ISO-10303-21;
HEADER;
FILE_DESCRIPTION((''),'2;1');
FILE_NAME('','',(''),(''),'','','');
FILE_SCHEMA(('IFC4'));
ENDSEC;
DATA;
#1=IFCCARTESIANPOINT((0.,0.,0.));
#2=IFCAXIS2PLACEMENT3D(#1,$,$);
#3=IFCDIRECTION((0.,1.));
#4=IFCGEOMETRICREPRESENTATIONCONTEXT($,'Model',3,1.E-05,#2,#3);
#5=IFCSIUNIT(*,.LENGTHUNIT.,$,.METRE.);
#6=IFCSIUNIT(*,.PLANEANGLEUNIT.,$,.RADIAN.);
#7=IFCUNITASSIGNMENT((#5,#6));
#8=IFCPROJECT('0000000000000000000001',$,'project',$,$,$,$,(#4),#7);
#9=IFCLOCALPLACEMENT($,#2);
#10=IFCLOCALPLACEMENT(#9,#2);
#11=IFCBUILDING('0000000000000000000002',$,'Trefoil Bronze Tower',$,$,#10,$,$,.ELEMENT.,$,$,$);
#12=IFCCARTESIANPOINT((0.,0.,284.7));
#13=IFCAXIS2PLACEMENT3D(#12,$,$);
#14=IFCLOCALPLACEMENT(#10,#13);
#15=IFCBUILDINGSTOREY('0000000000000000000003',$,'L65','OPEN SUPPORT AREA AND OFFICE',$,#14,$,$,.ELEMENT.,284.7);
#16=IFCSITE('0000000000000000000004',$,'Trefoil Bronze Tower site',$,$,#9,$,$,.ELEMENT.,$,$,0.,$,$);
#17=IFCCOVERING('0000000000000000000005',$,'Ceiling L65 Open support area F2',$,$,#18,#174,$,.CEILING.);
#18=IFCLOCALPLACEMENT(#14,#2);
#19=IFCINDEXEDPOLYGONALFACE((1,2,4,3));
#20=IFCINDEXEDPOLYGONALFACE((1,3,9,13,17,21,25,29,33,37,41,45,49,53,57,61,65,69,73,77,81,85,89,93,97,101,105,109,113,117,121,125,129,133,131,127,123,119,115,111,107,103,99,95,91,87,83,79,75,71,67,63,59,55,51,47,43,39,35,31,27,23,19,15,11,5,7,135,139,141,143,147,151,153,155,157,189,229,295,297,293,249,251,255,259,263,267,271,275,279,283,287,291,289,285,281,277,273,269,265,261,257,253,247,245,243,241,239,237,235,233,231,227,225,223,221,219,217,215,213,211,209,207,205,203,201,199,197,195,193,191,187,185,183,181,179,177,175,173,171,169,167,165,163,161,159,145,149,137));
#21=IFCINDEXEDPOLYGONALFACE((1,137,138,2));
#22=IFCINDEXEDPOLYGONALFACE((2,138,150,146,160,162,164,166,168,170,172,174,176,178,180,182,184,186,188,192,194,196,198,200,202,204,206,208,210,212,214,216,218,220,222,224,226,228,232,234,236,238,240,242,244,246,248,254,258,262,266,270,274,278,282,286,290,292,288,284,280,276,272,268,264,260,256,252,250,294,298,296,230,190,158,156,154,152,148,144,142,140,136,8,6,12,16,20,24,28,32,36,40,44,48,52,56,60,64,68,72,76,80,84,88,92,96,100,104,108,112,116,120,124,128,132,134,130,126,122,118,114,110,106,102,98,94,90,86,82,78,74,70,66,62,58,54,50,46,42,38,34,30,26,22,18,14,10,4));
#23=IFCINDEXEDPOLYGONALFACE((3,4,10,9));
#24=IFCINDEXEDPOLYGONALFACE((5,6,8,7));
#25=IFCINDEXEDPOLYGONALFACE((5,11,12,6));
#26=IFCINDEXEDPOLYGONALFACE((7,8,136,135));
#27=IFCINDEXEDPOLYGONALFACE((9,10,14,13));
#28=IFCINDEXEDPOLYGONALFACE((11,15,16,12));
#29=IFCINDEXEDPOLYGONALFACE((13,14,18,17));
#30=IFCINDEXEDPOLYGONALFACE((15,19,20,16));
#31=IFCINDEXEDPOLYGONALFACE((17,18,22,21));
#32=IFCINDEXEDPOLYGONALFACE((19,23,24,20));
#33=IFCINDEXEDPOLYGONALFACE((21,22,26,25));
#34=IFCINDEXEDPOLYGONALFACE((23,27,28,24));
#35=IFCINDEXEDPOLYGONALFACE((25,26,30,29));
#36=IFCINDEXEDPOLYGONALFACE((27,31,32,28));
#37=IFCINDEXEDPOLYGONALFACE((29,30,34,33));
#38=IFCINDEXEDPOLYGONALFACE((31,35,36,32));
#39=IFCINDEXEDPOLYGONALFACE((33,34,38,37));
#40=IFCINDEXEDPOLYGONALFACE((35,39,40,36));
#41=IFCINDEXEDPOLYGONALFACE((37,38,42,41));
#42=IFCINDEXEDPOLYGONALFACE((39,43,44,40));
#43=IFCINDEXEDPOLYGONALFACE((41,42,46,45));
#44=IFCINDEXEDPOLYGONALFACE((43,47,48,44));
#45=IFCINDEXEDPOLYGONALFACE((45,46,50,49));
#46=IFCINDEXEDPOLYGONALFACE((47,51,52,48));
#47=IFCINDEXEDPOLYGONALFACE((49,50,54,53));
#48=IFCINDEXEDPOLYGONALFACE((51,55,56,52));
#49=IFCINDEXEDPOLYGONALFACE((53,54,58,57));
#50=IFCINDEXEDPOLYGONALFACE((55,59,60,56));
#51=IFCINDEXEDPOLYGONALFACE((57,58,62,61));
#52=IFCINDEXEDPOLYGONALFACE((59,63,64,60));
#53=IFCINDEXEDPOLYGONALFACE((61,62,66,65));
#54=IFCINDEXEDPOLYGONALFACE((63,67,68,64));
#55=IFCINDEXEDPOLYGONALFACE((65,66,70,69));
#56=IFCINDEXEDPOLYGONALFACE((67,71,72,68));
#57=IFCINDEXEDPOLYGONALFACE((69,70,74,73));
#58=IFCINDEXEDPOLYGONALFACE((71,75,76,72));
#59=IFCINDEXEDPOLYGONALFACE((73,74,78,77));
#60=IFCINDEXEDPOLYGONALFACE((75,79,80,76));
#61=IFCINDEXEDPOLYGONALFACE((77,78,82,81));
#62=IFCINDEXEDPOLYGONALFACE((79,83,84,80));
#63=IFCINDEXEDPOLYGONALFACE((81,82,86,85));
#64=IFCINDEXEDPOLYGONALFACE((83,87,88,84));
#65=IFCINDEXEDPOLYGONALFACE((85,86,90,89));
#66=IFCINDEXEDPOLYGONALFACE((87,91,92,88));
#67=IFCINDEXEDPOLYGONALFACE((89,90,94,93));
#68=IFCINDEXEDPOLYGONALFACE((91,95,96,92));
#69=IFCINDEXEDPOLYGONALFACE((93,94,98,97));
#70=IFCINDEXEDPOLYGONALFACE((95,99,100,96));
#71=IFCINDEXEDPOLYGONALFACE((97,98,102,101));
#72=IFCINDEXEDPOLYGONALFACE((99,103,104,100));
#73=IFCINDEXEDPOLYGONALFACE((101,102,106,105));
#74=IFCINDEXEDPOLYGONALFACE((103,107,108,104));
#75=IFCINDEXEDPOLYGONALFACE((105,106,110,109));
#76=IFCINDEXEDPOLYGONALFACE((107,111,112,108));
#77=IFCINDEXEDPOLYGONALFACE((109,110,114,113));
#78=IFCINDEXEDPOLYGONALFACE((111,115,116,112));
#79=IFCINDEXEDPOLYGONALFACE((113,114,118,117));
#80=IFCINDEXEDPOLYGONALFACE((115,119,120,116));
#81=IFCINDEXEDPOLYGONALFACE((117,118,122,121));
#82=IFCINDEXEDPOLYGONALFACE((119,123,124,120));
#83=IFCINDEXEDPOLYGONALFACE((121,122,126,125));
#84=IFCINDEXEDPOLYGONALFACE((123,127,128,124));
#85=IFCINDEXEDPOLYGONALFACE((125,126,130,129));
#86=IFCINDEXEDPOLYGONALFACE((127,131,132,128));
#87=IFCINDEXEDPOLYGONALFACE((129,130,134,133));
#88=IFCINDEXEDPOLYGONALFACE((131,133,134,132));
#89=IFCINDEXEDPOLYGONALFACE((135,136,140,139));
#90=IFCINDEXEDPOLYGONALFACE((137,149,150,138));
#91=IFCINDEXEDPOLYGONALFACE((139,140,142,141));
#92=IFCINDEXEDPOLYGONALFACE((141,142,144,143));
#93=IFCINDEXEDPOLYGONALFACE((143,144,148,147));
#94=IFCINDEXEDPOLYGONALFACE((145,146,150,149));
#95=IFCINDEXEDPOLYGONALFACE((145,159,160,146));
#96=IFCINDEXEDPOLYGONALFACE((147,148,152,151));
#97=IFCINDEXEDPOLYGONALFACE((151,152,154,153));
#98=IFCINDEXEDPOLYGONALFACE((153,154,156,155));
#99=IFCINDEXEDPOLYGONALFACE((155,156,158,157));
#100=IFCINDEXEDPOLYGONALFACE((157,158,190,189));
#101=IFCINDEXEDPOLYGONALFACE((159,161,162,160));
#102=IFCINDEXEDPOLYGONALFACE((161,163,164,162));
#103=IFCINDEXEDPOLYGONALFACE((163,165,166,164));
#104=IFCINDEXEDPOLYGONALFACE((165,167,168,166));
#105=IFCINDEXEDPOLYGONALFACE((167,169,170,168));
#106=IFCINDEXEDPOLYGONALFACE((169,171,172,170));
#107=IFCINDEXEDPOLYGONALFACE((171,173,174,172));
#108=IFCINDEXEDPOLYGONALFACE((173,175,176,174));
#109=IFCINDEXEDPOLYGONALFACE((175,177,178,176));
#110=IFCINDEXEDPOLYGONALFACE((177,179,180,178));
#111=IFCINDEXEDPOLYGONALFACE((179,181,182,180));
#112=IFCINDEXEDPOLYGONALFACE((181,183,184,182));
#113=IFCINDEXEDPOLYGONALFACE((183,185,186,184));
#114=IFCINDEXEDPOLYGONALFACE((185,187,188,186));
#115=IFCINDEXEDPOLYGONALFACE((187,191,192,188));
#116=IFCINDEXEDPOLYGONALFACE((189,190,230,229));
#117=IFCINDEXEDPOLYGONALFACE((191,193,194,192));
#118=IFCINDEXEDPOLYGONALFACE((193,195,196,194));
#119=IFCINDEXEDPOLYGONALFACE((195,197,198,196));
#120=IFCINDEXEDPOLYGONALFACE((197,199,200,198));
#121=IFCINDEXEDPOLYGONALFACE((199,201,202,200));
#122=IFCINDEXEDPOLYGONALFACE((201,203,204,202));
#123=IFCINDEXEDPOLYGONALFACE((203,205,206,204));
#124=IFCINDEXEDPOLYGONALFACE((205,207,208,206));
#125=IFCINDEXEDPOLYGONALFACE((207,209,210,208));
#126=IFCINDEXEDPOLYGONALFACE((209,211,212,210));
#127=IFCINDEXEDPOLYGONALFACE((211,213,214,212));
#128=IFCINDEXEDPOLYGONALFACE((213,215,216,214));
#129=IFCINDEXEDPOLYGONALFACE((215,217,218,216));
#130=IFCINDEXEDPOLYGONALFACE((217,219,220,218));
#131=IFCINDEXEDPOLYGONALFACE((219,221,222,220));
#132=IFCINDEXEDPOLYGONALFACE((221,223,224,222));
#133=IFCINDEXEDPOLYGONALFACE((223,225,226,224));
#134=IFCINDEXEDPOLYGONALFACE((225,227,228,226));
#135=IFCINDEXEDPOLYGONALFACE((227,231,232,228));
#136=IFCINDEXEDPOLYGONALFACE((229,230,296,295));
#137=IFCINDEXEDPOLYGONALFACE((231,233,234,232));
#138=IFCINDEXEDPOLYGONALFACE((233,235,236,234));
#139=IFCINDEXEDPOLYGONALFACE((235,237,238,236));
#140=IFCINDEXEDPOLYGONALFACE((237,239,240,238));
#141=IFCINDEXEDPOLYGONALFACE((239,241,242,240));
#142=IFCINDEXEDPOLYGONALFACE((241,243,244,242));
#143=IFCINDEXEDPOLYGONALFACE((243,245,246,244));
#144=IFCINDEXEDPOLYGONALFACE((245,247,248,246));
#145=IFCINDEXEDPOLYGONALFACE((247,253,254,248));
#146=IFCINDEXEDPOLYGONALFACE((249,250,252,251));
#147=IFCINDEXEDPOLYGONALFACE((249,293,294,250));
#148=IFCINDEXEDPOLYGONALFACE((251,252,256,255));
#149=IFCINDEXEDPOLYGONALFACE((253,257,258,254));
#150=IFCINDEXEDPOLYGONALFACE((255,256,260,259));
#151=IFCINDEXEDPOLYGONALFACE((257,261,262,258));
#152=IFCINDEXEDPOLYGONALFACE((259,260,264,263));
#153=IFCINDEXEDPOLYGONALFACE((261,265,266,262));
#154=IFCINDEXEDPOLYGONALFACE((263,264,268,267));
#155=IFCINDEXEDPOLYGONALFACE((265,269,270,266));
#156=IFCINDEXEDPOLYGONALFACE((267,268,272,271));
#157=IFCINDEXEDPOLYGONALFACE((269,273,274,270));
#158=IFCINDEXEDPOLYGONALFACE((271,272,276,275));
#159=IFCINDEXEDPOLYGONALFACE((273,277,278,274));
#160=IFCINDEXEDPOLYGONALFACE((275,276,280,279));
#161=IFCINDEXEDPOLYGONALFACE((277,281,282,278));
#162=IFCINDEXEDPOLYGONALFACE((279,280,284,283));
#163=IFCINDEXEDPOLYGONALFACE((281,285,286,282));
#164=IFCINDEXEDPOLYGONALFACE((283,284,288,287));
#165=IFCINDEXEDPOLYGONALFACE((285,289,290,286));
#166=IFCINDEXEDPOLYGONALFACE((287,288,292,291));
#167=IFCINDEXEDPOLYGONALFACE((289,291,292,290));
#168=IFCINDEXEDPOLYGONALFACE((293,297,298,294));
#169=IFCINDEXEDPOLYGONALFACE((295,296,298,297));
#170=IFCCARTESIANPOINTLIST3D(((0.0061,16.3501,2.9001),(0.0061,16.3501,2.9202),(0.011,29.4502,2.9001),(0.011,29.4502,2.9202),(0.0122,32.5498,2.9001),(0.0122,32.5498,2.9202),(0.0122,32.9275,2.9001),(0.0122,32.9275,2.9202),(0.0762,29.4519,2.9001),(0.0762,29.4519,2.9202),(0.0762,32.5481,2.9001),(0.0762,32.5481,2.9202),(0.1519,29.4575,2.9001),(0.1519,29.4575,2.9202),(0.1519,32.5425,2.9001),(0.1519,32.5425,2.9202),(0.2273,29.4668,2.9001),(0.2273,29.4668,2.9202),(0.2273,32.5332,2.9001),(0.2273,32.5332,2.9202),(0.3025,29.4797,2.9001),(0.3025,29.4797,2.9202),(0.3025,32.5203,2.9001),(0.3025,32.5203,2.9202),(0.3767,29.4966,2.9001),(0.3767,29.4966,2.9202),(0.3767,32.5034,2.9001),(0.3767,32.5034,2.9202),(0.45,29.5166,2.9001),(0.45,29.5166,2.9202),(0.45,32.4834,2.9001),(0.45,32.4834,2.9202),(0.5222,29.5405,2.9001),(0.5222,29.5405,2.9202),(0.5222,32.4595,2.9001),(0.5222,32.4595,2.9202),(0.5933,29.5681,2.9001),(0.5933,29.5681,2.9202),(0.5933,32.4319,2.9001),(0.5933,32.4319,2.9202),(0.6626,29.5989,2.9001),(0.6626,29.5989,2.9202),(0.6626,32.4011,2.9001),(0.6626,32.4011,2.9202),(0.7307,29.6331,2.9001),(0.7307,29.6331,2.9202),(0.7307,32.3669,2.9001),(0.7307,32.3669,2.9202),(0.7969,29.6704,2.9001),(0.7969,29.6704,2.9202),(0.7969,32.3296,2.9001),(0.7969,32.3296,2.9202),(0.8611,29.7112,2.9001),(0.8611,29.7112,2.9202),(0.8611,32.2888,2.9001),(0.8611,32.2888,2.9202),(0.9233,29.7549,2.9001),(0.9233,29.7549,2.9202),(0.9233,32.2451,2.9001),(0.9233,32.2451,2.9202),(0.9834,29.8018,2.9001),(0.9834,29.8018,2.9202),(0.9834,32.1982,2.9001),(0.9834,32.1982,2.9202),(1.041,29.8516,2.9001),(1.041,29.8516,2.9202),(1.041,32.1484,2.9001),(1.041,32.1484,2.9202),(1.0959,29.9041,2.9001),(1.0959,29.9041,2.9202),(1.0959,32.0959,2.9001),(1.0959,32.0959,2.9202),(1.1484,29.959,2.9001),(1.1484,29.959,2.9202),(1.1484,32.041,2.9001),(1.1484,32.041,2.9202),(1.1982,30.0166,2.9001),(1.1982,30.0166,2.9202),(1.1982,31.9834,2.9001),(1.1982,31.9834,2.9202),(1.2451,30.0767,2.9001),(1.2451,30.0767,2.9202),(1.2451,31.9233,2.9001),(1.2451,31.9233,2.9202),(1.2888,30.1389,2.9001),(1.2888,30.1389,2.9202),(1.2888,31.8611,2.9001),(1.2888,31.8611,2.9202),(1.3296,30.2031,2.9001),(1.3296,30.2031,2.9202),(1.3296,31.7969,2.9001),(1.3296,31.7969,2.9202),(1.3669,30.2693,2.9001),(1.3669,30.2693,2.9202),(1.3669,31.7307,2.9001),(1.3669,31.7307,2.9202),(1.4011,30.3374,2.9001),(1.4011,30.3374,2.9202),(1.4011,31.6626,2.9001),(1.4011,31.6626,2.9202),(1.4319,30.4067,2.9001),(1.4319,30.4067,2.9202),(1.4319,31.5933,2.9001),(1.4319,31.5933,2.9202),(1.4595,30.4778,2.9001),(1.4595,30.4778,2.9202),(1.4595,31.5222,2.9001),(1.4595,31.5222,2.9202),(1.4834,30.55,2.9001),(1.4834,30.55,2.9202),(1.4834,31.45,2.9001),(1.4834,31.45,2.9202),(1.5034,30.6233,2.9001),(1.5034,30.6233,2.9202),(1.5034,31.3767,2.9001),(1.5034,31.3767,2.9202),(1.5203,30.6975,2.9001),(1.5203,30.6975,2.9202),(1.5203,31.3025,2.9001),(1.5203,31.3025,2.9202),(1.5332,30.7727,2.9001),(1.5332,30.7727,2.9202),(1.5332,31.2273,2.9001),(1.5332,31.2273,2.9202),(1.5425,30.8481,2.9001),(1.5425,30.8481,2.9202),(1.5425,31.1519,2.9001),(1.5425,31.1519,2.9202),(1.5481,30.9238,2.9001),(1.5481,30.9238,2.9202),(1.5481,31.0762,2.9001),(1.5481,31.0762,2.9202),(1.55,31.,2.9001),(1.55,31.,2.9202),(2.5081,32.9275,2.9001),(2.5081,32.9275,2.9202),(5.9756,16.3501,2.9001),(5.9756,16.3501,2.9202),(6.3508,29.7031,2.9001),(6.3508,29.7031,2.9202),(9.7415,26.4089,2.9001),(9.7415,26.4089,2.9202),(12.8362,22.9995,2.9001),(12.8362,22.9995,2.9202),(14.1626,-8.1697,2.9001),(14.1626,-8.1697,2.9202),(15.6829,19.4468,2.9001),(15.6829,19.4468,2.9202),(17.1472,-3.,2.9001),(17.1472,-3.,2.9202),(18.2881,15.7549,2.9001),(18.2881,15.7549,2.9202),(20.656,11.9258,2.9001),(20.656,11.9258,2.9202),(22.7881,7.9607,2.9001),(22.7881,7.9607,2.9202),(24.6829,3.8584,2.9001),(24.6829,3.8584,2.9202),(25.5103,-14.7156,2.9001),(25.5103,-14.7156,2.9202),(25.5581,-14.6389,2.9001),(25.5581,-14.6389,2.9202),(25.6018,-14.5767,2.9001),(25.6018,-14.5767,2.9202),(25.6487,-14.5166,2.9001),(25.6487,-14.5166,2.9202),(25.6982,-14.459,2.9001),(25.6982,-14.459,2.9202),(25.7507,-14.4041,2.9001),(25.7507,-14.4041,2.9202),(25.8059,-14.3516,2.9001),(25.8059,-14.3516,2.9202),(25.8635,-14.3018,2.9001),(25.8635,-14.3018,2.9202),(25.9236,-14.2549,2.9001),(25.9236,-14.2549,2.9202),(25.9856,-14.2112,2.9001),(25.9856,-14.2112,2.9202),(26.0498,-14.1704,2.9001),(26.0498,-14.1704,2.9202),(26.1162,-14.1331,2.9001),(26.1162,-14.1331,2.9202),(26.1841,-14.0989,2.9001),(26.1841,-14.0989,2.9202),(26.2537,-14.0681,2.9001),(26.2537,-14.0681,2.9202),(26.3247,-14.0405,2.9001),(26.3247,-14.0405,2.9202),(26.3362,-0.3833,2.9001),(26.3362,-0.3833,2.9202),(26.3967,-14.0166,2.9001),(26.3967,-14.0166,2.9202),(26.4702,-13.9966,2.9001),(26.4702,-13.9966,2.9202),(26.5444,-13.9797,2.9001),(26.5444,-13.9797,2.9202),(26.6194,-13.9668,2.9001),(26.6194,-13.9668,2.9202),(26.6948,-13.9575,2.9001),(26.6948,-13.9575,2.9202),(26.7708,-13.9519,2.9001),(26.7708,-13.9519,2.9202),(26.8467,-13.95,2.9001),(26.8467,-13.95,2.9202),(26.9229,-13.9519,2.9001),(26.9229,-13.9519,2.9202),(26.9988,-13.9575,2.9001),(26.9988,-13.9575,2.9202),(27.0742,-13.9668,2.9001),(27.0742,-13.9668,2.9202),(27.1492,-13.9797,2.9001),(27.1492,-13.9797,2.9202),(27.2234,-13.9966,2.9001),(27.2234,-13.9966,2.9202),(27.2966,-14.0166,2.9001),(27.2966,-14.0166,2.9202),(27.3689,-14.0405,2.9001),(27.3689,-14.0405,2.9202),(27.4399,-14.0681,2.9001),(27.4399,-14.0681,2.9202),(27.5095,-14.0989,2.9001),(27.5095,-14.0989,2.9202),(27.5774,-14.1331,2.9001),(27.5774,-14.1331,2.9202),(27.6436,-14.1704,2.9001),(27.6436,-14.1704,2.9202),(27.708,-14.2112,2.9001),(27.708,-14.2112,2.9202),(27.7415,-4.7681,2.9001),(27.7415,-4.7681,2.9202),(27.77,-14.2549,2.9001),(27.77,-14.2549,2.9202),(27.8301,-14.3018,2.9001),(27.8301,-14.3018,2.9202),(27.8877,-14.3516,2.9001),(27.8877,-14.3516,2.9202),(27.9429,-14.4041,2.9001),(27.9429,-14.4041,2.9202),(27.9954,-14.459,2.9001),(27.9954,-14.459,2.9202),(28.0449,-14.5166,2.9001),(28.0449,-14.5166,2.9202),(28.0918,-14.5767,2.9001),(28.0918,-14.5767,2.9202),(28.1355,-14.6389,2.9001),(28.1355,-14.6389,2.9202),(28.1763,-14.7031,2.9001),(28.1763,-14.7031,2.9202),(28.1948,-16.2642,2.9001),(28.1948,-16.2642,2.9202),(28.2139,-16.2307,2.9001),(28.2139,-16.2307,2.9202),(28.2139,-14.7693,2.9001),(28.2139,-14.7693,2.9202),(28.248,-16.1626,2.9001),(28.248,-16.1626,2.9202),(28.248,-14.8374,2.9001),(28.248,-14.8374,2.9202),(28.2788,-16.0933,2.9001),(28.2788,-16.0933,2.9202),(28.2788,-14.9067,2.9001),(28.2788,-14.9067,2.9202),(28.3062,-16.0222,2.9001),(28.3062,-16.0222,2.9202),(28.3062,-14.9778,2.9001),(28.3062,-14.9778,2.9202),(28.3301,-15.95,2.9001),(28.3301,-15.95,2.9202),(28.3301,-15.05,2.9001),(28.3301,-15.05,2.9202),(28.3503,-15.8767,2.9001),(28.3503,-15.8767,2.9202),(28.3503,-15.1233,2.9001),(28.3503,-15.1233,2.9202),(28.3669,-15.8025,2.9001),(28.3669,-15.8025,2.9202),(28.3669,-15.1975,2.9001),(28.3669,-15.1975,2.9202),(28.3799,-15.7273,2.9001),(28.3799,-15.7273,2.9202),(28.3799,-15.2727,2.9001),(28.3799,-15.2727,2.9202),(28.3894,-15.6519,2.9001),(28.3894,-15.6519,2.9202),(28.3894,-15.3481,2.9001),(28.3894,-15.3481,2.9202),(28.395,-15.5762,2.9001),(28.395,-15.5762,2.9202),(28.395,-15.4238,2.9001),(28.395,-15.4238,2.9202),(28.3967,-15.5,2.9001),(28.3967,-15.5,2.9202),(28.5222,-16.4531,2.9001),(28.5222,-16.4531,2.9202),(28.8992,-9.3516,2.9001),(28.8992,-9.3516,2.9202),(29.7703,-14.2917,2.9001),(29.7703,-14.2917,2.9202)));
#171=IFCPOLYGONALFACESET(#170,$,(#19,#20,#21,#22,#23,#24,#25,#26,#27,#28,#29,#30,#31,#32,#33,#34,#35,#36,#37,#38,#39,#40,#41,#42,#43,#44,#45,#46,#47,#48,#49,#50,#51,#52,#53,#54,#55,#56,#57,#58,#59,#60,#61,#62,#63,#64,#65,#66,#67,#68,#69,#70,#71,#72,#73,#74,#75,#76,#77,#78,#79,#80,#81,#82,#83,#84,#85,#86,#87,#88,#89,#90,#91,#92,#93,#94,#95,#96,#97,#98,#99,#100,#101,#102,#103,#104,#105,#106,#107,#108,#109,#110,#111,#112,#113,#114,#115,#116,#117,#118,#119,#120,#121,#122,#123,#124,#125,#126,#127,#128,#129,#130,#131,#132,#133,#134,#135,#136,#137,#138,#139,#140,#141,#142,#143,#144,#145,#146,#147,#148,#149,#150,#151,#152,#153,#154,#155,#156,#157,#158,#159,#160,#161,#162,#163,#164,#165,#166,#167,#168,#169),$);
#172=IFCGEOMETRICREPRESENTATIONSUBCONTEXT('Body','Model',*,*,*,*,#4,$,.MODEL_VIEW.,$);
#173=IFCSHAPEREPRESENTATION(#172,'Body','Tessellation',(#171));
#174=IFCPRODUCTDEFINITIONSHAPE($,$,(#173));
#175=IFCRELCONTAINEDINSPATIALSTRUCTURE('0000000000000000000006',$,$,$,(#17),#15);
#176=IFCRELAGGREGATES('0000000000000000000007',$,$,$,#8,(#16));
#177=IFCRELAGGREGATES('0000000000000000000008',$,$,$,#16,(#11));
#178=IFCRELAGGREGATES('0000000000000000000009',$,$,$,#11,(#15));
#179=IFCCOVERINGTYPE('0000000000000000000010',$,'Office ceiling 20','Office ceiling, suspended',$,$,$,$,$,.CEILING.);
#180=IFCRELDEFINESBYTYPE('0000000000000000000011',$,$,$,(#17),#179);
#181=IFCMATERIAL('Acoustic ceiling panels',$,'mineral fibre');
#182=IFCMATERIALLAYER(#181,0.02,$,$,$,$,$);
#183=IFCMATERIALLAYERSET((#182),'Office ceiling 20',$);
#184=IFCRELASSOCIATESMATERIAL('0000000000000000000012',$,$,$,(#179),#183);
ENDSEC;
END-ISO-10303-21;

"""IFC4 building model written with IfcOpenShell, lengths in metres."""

from ifc_helpers import new_model, si_unit, direction, frame, origin, place, context, subcontext, project, spatial, polyline, outline, extrude, material, layer, layer_set, type_object, element, save


model = new_model("IFC4")

# Units and contexts
model_context = context("Model", 3, precision=1e-05, world=origin(), true_north=direction((0.0, 1.0)))
body_context = subcontext(model_context, "Body", "Model", "MODEL_VIEW")
ifc_project = project(units=[si_unit("LENGTHUNIT", "METRE"), si_unit("PLANEANGLEUNIT", "RADIAN")], contexts=[model_context])

# Site, building, storey
site_placement = place(None, origin())
site = spatial("IfcSite", under=ifc_project, at=site_placement, Name="Trefoil Bronze Tower site", CompositionType="ELEMENT", RefElevation=0.0)
building_placement = place(site_placement, origin())
building = spatial("IfcBuilding", under=site, at=building_placement, Name="Trefoil Bronze Tower", CompositionType="ELEMENT")
storey_placement = place(building_placement, frame((0.0, 0.0, 284.7)))
storey = spatial("IfcBuildingStorey", under=building, at=storey_placement, Name="L65", Description="OPEN SUPPORT AREA AND OFFICE", CompositionType="ELEMENT", Elevation=284.7)

# Covering
ifc_material_1 = material(Name="Acoustic ceiling panels", Category="mineral fibre")
ifc_layer_1 = layer(ifc_material_1, 0.02)
ifc_layer_set_1 = layer_set([ifc_layer_1], Name="Office ceiling 20")
covering_type_1 = type_object("IfcCoveringType", Name="Office ceiling 20", Description="Office ceiling, suspended", PredefinedType="CEILING", material=ifc_layer_set_1)
covering_1_placement = place(storey_placement, frame((0.0, 0.0, 2.9001)))
element("IfcCovering", 1, at=covering_1_placement, inside=storey, type_object=covering_type_1, Name="Ceiling L65 Open support area F2", PredefinedType="CEILING", context=body_context, shape_type="SweptSolid", body=[
    extrude(outline(polyline([(9.7415, 26.4089), (12.8362, 22.9995), (15.6829, 19.4468), (18.2881, 15.7549), (20.656, 11.9258), (22.7881, 7.9607), (24.6829, 3.8584), (26.3362, -0.3833), (27.7415, -4.7681), (28.8992, -9.3516), (29.7703, -14.2917), (28.5222, -16.4531), (28.1948, -16.2642), (28.2139, -16.2307), (28.248, -16.1626), (28.2788, -16.0933), (28.3062, -16.0222), (28.3301, -15.95), (28.3503, -15.8767), (28.3669, -15.8025), (28.3799, -15.7273), (28.3894, -15.6519), (28.395, -15.5762), (28.3967, -15.5), (28.395, -15.4238), (28.3894, -15.3481), (28.3799, -15.2727), (28.3669, -15.1975), (28.3503, -15.1233), (28.3301, -15.05), (28.3062, -14.9778), (28.2788, -14.9067), (28.248, -14.8374), (28.2139, -14.7693), (28.1763, -14.7031), (28.1355, -14.6389), (28.0918, -14.5767), (28.0449, -14.5166), (27.9954, -14.459), (27.9429, -14.4041), (27.8877, -14.3516), (27.8301, -14.3018), (27.77, -14.2549), (27.708, -14.2112), (27.6436, -14.1704), (27.5774, -14.1331), (27.5095, -14.0989), (27.4399, -14.0681), (27.3689, -14.0405), (27.2966, -14.0166), (27.2234, -13.9966), (27.1492, -13.9797), (27.0742, -13.9668), (26.9988, -13.9575), (26.9229, -13.9519), (26.8467, -13.95), (26.7708, -13.9519), (26.6948, -13.9575), (26.6194, -13.9668), (26.5444, -13.9797), (26.4702, -13.9966), (26.3967, -14.0166), (26.3247, -14.0405), (26.2537, -14.0681), (26.1841, -14.0989), (26.1162, -14.1331), (26.0498, -14.1704), (25.9856, -14.2112), (25.9236, -14.2549), (25.8635, -14.3018), (25.8059, -14.3516), (25.7507, -14.4041), (25.6982, -14.459), (25.6487, -14.5166), (25.6018, -14.5767), (25.5581, -14.6389), (25.5103, -14.7156), (14.1626, -8.1697), (17.1472, -3.0), (5.9756, 16.3501), (0.0061, 16.3501), (0.011, 29.4502), (0.0762, 29.4519), (0.1519, 29.4575), (0.2273, 29.4668), (0.3025, 29.4797), (0.3767, 29.4966), (0.45, 29.5166), (0.5222, 29.5405), (0.5933, 29.5681), (0.6626, 29.5989), (0.7307, 29.6331), (0.7969, 29.6704), (0.8611, 29.7112), (0.9233, 29.7549), (0.9834, 29.8018), (1.041, 29.8516), (1.0959, 29.9041), (1.1484, 29.959), (1.1982, 30.0166), (1.2451, 30.0767), (1.2888, 30.1389), (1.3296, 30.2031), (1.3669, 30.2693), (1.4011, 30.3374), (1.4319, 30.4067), (1.4595, 30.4778), (1.4834, 30.55), (1.5034, 30.6233), (1.5203, 30.6975), (1.5332, 30.7727), (1.5425, 30.8481), (1.5481, 30.9238), (1.55, 31.0), (1.5481, 31.0762), (1.5425, 31.1519), (1.5332, 31.2273), (1.5203, 31.3025), (1.5034, 31.3767), (1.4834, 31.45), (1.4595, 31.5222), (1.4319, 31.5933), (1.4011, 31.6626), (1.3669, 31.7307), (1.3296, 31.7969), (1.2888, 31.8611), (1.2451, 31.9233), (1.1982, 31.9834), (1.1484, 32.041), (1.0959, 32.0959), (1.041, 32.1484), (0.9834, 32.1982), (0.9233, 32.2451), (0.8611, 32.2888), (0.7969, 32.3296), (0.7307, 32.3669), (0.6626, 32.4011), (0.5933, 32.4319), (0.5222, 32.4595), (0.45, 32.4834), (0.3767, 32.5034), (0.3025, 32.5203), (0.2273, 32.5332), (0.1519, 32.5425), (0.0762, 32.5481), (0.0122, 32.5498), (0.0122, 32.9275), (2.5081, 32.9275), (6.3508, 29.7031), (9.7415, 26.4089)])), origin(), (0.0, 0.0, 1.0), 0.02),
])

save(model, "model.ifc")
